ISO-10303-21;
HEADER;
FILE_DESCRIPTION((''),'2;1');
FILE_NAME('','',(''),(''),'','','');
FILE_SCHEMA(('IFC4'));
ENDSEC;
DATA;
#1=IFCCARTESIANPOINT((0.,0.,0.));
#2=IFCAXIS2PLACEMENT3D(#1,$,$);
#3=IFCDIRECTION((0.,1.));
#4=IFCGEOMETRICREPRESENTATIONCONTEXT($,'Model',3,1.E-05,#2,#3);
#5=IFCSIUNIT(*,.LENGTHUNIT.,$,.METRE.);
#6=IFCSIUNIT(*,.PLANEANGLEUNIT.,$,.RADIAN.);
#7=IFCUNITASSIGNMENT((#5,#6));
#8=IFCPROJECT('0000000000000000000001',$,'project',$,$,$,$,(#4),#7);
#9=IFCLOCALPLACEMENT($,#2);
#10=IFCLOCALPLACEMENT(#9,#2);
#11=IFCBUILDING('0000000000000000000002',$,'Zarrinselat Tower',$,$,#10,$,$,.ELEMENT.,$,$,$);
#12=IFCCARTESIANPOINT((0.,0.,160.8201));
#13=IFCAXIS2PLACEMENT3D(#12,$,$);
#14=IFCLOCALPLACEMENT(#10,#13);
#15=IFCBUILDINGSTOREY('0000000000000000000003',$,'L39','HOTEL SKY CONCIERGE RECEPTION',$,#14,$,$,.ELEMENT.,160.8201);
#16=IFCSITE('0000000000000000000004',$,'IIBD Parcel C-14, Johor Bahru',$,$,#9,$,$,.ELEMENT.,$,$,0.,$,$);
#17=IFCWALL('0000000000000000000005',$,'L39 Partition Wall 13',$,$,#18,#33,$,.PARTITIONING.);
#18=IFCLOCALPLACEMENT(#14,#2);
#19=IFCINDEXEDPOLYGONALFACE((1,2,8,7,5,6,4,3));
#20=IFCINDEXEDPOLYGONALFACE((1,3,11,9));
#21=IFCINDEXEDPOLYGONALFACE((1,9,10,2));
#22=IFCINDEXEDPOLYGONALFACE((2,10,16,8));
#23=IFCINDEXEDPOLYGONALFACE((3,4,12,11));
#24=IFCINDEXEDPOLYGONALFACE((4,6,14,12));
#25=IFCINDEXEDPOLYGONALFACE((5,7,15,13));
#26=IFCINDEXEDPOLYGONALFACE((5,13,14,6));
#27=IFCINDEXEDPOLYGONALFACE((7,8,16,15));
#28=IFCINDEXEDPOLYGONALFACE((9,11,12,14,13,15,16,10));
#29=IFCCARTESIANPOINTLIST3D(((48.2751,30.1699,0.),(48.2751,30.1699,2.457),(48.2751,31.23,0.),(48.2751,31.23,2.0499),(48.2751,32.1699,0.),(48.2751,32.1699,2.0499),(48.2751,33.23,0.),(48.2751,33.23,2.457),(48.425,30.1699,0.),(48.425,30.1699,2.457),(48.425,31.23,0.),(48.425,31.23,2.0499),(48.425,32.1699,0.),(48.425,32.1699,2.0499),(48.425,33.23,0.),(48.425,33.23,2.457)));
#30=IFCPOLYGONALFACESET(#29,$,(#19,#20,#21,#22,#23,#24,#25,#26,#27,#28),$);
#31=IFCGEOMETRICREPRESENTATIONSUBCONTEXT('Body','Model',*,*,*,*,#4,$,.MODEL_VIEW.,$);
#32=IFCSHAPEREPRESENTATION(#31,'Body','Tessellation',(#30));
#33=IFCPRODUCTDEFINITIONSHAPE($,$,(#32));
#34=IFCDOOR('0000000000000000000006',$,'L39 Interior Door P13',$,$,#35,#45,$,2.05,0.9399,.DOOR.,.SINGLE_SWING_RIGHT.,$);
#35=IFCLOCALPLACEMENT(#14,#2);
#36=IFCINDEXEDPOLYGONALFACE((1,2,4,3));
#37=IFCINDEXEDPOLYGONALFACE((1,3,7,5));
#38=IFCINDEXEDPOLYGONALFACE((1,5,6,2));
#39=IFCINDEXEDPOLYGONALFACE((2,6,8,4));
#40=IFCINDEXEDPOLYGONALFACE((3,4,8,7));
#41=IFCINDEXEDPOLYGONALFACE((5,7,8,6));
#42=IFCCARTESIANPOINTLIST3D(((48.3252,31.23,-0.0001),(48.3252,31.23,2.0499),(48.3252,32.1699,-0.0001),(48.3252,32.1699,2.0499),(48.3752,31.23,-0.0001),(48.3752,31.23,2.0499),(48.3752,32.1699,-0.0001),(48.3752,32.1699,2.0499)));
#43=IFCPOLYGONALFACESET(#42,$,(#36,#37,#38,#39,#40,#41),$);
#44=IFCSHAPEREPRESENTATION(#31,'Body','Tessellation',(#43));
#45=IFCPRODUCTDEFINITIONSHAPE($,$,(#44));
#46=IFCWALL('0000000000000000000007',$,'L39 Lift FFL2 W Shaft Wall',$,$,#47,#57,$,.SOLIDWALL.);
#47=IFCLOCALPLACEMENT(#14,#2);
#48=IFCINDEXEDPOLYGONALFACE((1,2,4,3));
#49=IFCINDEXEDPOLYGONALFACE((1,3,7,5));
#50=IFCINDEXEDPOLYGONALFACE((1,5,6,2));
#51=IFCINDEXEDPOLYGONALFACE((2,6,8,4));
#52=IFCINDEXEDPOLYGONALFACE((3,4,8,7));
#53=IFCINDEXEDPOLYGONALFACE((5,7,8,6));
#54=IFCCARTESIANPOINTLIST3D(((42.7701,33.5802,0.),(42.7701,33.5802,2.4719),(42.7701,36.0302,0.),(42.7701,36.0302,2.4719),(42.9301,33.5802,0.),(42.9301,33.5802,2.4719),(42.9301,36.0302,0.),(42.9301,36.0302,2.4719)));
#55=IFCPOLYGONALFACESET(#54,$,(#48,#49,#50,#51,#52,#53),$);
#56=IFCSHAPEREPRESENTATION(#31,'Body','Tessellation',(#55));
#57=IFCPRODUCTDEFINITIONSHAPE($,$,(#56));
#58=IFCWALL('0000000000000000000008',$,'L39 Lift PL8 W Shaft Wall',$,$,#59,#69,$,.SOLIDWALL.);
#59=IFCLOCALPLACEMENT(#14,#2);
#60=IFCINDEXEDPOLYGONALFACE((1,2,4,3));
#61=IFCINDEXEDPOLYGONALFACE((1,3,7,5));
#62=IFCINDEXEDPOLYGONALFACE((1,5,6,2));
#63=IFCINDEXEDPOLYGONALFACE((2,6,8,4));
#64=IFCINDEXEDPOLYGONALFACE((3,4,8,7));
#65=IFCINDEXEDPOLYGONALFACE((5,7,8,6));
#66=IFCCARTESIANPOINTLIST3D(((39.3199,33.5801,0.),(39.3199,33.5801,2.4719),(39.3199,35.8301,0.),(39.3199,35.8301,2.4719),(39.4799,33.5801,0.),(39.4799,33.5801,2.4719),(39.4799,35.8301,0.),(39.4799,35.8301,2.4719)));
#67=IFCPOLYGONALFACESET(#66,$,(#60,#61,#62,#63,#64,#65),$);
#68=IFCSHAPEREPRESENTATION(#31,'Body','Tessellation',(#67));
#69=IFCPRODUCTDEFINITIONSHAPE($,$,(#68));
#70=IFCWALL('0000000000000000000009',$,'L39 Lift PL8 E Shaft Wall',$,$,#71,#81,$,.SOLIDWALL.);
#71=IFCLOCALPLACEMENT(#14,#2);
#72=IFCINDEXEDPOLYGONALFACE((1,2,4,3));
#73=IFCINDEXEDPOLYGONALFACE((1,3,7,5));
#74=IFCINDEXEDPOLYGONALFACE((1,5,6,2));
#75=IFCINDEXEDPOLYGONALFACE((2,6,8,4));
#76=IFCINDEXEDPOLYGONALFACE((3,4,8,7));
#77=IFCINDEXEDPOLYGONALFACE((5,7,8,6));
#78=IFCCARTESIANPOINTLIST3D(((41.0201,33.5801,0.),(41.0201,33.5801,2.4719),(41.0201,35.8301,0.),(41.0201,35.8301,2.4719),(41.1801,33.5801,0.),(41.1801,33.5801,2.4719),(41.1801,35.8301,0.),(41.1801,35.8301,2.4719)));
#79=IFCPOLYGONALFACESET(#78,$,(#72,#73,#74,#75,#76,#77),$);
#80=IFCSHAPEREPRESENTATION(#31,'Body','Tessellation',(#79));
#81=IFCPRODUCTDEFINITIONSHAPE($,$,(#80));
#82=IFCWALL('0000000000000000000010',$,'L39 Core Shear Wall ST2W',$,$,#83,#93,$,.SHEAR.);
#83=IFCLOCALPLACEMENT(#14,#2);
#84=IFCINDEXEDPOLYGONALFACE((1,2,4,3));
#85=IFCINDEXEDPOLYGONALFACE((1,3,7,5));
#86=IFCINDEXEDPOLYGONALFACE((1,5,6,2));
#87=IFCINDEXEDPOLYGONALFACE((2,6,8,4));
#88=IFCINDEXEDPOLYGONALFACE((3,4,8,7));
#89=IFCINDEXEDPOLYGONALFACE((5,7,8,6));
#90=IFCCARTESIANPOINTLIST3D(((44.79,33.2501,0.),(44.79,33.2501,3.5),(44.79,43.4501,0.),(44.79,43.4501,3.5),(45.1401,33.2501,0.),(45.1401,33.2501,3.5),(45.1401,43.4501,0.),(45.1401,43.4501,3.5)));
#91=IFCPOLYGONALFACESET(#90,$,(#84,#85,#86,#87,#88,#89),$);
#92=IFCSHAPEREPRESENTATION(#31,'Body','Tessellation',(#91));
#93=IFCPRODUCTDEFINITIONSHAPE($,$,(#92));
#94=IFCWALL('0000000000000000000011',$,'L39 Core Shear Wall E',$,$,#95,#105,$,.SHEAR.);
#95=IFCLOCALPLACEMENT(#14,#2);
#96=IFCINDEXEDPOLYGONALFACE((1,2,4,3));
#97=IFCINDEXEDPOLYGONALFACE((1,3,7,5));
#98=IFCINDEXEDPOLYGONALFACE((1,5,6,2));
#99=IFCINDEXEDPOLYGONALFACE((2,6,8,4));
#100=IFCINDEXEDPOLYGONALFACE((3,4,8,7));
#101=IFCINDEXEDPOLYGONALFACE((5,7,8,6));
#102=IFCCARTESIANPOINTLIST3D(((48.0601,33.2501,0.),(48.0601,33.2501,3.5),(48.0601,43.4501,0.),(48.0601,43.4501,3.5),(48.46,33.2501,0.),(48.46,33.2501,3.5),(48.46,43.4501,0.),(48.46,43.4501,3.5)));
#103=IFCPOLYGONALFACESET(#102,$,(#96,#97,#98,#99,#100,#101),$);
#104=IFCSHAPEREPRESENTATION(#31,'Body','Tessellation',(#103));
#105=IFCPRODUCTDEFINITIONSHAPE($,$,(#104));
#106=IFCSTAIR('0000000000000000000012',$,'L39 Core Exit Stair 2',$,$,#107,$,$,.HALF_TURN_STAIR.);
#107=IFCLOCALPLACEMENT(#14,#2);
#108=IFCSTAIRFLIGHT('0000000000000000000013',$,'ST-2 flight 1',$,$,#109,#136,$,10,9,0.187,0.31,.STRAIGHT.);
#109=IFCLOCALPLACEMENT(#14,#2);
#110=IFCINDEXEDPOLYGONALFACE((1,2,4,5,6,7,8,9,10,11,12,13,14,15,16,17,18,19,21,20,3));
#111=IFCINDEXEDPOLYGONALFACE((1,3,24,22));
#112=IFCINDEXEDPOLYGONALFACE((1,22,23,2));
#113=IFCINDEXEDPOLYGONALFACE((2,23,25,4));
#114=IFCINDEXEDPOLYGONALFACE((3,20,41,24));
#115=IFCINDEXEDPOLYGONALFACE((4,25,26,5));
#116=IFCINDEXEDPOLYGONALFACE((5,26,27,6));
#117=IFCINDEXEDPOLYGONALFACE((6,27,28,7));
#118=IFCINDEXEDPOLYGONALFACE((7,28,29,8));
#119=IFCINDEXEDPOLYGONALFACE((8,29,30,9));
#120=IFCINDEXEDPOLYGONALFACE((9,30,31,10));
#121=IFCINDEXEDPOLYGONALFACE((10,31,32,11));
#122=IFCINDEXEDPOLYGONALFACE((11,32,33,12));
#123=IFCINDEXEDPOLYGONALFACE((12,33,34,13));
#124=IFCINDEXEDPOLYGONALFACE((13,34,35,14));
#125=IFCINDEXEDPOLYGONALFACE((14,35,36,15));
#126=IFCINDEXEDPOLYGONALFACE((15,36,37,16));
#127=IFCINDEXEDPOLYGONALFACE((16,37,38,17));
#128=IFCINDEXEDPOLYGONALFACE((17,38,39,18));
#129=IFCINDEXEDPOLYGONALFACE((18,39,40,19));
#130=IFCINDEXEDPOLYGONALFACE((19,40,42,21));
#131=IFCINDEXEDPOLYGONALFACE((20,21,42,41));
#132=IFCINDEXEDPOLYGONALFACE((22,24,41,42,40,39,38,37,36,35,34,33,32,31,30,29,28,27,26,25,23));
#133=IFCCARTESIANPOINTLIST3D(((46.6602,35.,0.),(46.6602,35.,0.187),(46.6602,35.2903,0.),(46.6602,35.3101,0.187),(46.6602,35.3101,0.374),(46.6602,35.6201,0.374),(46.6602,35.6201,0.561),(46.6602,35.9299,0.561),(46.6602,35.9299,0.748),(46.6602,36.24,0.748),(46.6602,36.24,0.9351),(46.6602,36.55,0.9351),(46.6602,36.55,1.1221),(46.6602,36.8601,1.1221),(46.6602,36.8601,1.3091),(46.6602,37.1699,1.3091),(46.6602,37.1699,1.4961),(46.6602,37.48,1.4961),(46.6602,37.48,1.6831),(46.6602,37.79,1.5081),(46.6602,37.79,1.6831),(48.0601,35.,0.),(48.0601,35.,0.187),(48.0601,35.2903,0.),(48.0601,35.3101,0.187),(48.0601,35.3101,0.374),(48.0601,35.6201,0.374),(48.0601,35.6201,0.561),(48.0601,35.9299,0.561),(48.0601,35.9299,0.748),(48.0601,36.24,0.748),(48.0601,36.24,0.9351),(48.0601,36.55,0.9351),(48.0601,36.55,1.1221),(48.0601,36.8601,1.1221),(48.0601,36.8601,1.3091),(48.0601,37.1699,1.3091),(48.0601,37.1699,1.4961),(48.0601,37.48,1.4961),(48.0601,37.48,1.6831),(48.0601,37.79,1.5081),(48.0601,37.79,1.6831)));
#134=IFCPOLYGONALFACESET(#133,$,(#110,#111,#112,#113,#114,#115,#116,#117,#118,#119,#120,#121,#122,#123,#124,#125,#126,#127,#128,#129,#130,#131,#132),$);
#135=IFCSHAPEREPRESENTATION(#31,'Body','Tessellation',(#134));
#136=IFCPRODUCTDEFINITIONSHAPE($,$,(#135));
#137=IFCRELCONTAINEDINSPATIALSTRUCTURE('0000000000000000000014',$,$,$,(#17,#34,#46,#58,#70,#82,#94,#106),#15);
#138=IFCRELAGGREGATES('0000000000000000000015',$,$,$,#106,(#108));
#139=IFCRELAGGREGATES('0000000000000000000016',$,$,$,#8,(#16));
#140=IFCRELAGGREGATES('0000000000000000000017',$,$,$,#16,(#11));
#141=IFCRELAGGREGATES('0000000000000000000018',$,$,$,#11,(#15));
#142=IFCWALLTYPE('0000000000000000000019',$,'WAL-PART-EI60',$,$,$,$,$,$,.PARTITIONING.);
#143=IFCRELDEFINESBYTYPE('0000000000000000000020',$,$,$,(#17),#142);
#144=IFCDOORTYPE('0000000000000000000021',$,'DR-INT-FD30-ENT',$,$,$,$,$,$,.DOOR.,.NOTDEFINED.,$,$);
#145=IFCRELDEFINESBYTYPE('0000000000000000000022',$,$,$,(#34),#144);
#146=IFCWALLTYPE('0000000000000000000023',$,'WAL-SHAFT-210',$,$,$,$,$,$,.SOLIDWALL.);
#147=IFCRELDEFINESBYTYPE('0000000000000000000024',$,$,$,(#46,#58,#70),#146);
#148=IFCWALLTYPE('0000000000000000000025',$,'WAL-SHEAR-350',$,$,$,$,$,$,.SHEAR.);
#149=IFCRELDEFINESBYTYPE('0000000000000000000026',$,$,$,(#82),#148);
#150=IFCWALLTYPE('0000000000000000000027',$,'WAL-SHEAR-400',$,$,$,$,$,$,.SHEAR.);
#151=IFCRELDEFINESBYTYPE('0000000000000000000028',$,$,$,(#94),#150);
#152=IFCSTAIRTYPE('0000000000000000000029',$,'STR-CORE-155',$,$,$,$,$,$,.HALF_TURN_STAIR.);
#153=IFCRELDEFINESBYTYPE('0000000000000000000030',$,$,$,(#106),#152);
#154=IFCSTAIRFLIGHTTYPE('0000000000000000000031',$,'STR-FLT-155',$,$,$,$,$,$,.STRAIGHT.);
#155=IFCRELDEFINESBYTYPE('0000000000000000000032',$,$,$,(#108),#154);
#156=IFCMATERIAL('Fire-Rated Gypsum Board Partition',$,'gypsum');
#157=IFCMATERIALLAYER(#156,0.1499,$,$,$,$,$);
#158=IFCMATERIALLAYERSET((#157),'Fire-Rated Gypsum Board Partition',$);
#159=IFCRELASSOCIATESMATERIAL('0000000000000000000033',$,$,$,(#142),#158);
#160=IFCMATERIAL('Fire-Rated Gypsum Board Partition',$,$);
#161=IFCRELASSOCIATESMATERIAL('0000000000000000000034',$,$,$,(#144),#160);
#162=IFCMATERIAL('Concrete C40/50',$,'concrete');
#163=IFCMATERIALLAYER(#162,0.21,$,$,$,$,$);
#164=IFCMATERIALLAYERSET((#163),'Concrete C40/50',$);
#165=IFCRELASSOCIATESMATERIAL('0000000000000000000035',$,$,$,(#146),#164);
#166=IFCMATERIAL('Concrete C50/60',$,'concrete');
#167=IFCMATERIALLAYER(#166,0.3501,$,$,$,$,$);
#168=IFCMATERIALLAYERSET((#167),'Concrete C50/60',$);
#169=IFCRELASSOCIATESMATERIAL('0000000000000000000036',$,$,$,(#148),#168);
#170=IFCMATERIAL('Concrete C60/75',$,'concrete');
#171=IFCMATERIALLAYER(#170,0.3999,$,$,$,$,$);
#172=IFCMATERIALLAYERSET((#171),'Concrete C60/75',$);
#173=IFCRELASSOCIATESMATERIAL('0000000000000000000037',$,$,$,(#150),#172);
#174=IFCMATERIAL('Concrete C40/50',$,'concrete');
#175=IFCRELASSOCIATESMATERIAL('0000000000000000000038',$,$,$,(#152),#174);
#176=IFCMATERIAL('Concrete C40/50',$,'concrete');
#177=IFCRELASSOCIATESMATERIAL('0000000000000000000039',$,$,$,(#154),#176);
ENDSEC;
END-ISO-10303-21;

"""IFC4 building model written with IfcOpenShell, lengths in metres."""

from ifc_helpers import new_model, si_unit, direction, frame, frame_2d, origin, place, context, subcontext, project, spatial, polyline, rectangle, outline, extrude, material, layer, layer_set, type_object, element, fill, aggregate, save


model = new_model("IFC4")

# Units and contexts
model_context = context("Model", 3, precision=1e-05, world=origin(), true_north=direction((0.0, 1.0)))
body_context = subcontext(model_context, "Body", "Model", "MODEL_VIEW")
ifc_project = project(units=[si_unit("LENGTHUNIT", "METRE"), si_unit("PLANEANGLEUNIT", "RADIAN")], contexts=[model_context])

# Site, building, storey
site_placement = place(None, origin())
site = spatial("IfcSite", under=ifc_project, at=site_placement, Name="IIBD Parcel C-14, Johor Bahru", CompositionType="ELEMENT", RefElevation=0.0)
building_placement = place(site_placement, origin())
building = spatial("IfcBuilding", under=site, at=building_placement, Name="Zarrinselat Tower", CompositionType="ELEMENT")
storey_placement = place(building_placement, frame((0.0, 0.0, 160.8201)))
storey = spatial("IfcBuildingStorey", under=building, at=storey_placement, Name="L39", Description="HOTEL SKY CONCIERGE RECEPTION", CompositionType="ELEMENT", Elevation=160.8201)

# Wall, opening, door
ifc_material_1 = material(Name="Fire-Rated Gypsum Board Partition", Category="gypsum")
ifc_layer_1 = layer(ifc_material_1, 0.1499)
ifc_layer_set_1 = layer_set([ifc_layer_1], Name="Fire-Rated Gypsum Board Partition")
wall_type_1 = type_object("IfcWallType", Name="WAL-PART-EI60", PredefinedType="PARTITIONING", material=ifc_layer_set_1)
wall_1_placement = place(storey_placement, frame((48.3501, 30.1699, 0.0), z_axis=(0.0, 0.0, 1.0), x_axis=(0.0, 1.0, 0.0)))
wall_1 = element("IfcWall", 1, at=wall_1_placement, inside=storey, type_object=wall_type_1, Name="L39 Partition Wall 13", PredefinedType="PARTITIONING", context=body_context, shape_type="SweptSolid", body=[
    extrude(rectangle(XDim=3.0601, YDim=0.1499, at=frame_2d((1.53, 0.0))), origin(), (0.0, 0.0, 1.0), 2.457),
])
opening_1_placement = place(wall_1_placement, frame((1.0601, 0.0, 0.0)))
opening_1 = element("IfcOpeningElement", 2, at=opening_1_placement, cuts=wall_1, PredefinedType="OPENING", context=body_context, shape_type="SweptSolid", body=[
    extrude(rectangle(XDim=0.9399, YDim=2.05, at=frame_2d((0.47, 1.0249))), frame((0.0, 0.085, 0.0), z_axis=(0.0, -1.0, 0.0), x_axis=(1.0, 0.0, 0.0)), (0.0, 0.0, 1.0), 0.1699),
])
ifc_material_2 = material(Name="Fire-Rated Gypsum Board Partition")
door_type_1 = type_object("IfcDoorType", Name="DR-INT-FD30-ENT", OperationType="NOTDEFINED", PredefinedType="DOOR", material=ifc_material_2)
door_1_placement = place(opening_1_placement, origin())
door_1 = element("IfcDoor", 3, at=door_1_placement, inside=storey, type_object=door_type_1, Name="L39 Interior Door P13", OperationType="SINGLE_SWING_RIGHT", OverallHeight=2.05, OverallWidth=0.9399, PredefinedType="DOOR", context=body_context, shape_type="SweptSolid", body=[
    extrude(rectangle(XDim=0.9399, YDim=2.05, at=frame_2d((0.47, 1.0249))), frame((0.0, 0.0249, 0.0), z_axis=(0.0, -1.0, 0.0), x_axis=(1.0, 0.0, 0.0)), (0.0, 0.0, 1.0), 0.05),
])
fill(opening_1, door_1)

# Walls
ifc_material_3 = material(Name="Concrete C40/50", Category="concrete")
ifc_layer_2 = layer(ifc_material_3, 0.21)
ifc_layer_set_2 = layer_set([ifc_layer_2], Name="Concrete C40/50")
wall_type_2 = type_object("IfcWallType", Name="WAL-SHAFT-210", PredefinedType="SOLIDWALL", material=ifc_layer_set_2)
wall_2_placement = place(storey_placement, frame((42.8501, 33.5801, 0.0), z_axis=(0.0, 0.0, 1.0), x_axis=(0.0, 1.0, 0.0)))
element("IfcWall", 4, at=wall_2_placement, inside=storey, type_object=wall_type_2, Name="L39 Lift FFL2 W Shaft Wall", PredefinedType="SOLIDWALL", context=body_context, shape_type="SweptSolid", body=[
    extrude(rectangle(XDim=2.45, YDim=0.1599, at=frame_2d((1.2251, 0.0))), origin(), (0.0, 0.0, 1.0), 2.4719),
])
for number, where, z_axis, x_axis, name in (
    (5, (39.3999, 33.5801, 0.0), (0.0, 0.0, 1.0), (0.0, 1.0, 0.0), "L39 Lift PL8 W Shaft Wall"),
    (6, (41.1001, 33.5801, 0.0), (0.0, 0.0, 1.0), (0.0, 1.0, 0.0), "L39 Lift PL8 E Shaft Wall"),
):
    element("IfcWall", number, at=place(storey_placement, frame(where, z_axis=z_axis, x_axis=x_axis)), inside=storey, type_object=wall_type_2, Name=name, PredefinedType="SOLIDWALL", context=body_context, shape_type="SweptSolid", body=[
        extrude(rectangle(XDim=2.25, YDim=0.1599, at=frame_2d((1.125, 0.0))), origin(), (0.0, 0.0, 1.0), 2.4719),
    ])
ifc_material_4 = material(Name="Concrete C50/60", Category="concrete")
ifc_layer_3 = layer(ifc_material_4, 0.3501)
ifc_layer_set_3 = layer_set([ifc_layer_3], Name="Concrete C50/60")
wall_type_3 = type_object("IfcWallType", Name="WAL-SHEAR-350", PredefinedType="SHEAR", material=ifc_layer_set_3)
wall_3_placement = place(storey_placement, frame((44.9651, 33.25, 0.0), z_axis=(0.0, 0.0, 1.0), x_axis=(0.0, 1.0, 0.0)))
element("IfcWall", 7, at=wall_3_placement, inside=storey, type_object=wall_type_3, Name="L39 Core Shear Wall ST2W", PredefinedType="SHEAR", context=body_context, shape_type="SweptSolid", body=[
    extrude(rectangle(XDim=10.2, YDim=0.3501, at=frame_2d((5.1001, 0.0))), origin(), (0.0, 0.0, 1.0), 3.5),
])
ifc_material_5 = material(Name="Concrete C60/75", Category="concrete")
ifc_layer_4 = layer(ifc_material_5, 0.3999)
ifc_layer_set_4 = layer_set([ifc_layer_4], Name="Concrete C60/75")
wall_type_4 = type_object("IfcWallType", Name="WAL-SHEAR-400", PredefinedType="SHEAR", material=ifc_layer_set_4)
wall_4_placement = place(storey_placement, frame((48.26, 33.25, 0.0), z_axis=(0.0, 0.0, 1.0), x_axis=(0.0, 1.0, 0.0)))
element("IfcWall", 8, at=wall_4_placement, inside=storey, type_object=wall_type_4, Name="L39 Core Shear Wall E", PredefinedType="SHEAR", context=body_context, shape_type="SweptSolid", body=[
    extrude(rectangle(XDim=10.2, YDim=0.3999, at=frame_2d((5.1001, 0.0))), origin(), (0.0, 0.0, 1.0), 3.5),
])

# Stair, stair flight
ifc_material_6 = material(Name="Concrete C40/50", Category="concrete")
stair_type = type_object("IfcStairType", Name="STR-CORE-155", PredefinedType="HALF_TURN_STAIR", material=ifc_material_6)
stair_placement = place(storey_placement, origin())
stair = element("IfcStair", 9, at=stair_placement, inside=storey, type_object=stair_type, Name="L39 Core Exit Stair 2", PredefinedType="HALF_TURN_STAIR")
ifc_material_7 = material(Name="Concrete C40/50", Category="concrete")
stair_flight_type = type_object("IfcStairFlightType", Name="STR-FLT-155", PredefinedType="STRAIGHT", material=ifc_material_7)
stair_flight_placement = place(storey_placement, frame((47.3601, 35.0, 0.0), z_axis=(0.0, 0.0, 1.0), x_axis=(0.0, 1.0, 0.0)))
stair_flight = element("IfcStairFlight", 10, at=stair_flight_placement, type_object=stair_flight_type, Name="ST-2 flight 1", NumberOfRisers=10, NumberOfTreads=9, PredefinedType="STRAIGHT", RiserHeight=0.187, TreadLength=0.31, context=body_context, shape_type="SweptSolid", body=[
    extrude(outline(polyline([(0.0, 0.0), (0.0, 0.187), (0.3101, 0.187), (0.3101, 0.374), (0.6201, 0.374), (0.6201, 0.561), (0.9299, 0.561), (0.9299, 0.748), (1.24, 0.748), (1.24, 0.9351), (1.55, 0.9351), (1.55, 1.1221), (1.8601, 1.1221), (1.8601, 1.3091), (2.1699, 1.3091), (2.1699, 1.4961), (2.48, 1.4961), (2.48, 1.6831), (2.79, 1.6831), (2.79, 1.8701), (2.79, 1.5081), (0.2903, 0.0), (0.0, 0.0)])), frame((0.0, 0.7, 0.0), z_axis=(0.0, -1.0, 0.0), x_axis=(1.0, 0.0, 0.0)), (0.0, 0.0, 1.0), 1.3999),
])
aggregate(stair, [stair_flight])

save(model, "model.ifc")
